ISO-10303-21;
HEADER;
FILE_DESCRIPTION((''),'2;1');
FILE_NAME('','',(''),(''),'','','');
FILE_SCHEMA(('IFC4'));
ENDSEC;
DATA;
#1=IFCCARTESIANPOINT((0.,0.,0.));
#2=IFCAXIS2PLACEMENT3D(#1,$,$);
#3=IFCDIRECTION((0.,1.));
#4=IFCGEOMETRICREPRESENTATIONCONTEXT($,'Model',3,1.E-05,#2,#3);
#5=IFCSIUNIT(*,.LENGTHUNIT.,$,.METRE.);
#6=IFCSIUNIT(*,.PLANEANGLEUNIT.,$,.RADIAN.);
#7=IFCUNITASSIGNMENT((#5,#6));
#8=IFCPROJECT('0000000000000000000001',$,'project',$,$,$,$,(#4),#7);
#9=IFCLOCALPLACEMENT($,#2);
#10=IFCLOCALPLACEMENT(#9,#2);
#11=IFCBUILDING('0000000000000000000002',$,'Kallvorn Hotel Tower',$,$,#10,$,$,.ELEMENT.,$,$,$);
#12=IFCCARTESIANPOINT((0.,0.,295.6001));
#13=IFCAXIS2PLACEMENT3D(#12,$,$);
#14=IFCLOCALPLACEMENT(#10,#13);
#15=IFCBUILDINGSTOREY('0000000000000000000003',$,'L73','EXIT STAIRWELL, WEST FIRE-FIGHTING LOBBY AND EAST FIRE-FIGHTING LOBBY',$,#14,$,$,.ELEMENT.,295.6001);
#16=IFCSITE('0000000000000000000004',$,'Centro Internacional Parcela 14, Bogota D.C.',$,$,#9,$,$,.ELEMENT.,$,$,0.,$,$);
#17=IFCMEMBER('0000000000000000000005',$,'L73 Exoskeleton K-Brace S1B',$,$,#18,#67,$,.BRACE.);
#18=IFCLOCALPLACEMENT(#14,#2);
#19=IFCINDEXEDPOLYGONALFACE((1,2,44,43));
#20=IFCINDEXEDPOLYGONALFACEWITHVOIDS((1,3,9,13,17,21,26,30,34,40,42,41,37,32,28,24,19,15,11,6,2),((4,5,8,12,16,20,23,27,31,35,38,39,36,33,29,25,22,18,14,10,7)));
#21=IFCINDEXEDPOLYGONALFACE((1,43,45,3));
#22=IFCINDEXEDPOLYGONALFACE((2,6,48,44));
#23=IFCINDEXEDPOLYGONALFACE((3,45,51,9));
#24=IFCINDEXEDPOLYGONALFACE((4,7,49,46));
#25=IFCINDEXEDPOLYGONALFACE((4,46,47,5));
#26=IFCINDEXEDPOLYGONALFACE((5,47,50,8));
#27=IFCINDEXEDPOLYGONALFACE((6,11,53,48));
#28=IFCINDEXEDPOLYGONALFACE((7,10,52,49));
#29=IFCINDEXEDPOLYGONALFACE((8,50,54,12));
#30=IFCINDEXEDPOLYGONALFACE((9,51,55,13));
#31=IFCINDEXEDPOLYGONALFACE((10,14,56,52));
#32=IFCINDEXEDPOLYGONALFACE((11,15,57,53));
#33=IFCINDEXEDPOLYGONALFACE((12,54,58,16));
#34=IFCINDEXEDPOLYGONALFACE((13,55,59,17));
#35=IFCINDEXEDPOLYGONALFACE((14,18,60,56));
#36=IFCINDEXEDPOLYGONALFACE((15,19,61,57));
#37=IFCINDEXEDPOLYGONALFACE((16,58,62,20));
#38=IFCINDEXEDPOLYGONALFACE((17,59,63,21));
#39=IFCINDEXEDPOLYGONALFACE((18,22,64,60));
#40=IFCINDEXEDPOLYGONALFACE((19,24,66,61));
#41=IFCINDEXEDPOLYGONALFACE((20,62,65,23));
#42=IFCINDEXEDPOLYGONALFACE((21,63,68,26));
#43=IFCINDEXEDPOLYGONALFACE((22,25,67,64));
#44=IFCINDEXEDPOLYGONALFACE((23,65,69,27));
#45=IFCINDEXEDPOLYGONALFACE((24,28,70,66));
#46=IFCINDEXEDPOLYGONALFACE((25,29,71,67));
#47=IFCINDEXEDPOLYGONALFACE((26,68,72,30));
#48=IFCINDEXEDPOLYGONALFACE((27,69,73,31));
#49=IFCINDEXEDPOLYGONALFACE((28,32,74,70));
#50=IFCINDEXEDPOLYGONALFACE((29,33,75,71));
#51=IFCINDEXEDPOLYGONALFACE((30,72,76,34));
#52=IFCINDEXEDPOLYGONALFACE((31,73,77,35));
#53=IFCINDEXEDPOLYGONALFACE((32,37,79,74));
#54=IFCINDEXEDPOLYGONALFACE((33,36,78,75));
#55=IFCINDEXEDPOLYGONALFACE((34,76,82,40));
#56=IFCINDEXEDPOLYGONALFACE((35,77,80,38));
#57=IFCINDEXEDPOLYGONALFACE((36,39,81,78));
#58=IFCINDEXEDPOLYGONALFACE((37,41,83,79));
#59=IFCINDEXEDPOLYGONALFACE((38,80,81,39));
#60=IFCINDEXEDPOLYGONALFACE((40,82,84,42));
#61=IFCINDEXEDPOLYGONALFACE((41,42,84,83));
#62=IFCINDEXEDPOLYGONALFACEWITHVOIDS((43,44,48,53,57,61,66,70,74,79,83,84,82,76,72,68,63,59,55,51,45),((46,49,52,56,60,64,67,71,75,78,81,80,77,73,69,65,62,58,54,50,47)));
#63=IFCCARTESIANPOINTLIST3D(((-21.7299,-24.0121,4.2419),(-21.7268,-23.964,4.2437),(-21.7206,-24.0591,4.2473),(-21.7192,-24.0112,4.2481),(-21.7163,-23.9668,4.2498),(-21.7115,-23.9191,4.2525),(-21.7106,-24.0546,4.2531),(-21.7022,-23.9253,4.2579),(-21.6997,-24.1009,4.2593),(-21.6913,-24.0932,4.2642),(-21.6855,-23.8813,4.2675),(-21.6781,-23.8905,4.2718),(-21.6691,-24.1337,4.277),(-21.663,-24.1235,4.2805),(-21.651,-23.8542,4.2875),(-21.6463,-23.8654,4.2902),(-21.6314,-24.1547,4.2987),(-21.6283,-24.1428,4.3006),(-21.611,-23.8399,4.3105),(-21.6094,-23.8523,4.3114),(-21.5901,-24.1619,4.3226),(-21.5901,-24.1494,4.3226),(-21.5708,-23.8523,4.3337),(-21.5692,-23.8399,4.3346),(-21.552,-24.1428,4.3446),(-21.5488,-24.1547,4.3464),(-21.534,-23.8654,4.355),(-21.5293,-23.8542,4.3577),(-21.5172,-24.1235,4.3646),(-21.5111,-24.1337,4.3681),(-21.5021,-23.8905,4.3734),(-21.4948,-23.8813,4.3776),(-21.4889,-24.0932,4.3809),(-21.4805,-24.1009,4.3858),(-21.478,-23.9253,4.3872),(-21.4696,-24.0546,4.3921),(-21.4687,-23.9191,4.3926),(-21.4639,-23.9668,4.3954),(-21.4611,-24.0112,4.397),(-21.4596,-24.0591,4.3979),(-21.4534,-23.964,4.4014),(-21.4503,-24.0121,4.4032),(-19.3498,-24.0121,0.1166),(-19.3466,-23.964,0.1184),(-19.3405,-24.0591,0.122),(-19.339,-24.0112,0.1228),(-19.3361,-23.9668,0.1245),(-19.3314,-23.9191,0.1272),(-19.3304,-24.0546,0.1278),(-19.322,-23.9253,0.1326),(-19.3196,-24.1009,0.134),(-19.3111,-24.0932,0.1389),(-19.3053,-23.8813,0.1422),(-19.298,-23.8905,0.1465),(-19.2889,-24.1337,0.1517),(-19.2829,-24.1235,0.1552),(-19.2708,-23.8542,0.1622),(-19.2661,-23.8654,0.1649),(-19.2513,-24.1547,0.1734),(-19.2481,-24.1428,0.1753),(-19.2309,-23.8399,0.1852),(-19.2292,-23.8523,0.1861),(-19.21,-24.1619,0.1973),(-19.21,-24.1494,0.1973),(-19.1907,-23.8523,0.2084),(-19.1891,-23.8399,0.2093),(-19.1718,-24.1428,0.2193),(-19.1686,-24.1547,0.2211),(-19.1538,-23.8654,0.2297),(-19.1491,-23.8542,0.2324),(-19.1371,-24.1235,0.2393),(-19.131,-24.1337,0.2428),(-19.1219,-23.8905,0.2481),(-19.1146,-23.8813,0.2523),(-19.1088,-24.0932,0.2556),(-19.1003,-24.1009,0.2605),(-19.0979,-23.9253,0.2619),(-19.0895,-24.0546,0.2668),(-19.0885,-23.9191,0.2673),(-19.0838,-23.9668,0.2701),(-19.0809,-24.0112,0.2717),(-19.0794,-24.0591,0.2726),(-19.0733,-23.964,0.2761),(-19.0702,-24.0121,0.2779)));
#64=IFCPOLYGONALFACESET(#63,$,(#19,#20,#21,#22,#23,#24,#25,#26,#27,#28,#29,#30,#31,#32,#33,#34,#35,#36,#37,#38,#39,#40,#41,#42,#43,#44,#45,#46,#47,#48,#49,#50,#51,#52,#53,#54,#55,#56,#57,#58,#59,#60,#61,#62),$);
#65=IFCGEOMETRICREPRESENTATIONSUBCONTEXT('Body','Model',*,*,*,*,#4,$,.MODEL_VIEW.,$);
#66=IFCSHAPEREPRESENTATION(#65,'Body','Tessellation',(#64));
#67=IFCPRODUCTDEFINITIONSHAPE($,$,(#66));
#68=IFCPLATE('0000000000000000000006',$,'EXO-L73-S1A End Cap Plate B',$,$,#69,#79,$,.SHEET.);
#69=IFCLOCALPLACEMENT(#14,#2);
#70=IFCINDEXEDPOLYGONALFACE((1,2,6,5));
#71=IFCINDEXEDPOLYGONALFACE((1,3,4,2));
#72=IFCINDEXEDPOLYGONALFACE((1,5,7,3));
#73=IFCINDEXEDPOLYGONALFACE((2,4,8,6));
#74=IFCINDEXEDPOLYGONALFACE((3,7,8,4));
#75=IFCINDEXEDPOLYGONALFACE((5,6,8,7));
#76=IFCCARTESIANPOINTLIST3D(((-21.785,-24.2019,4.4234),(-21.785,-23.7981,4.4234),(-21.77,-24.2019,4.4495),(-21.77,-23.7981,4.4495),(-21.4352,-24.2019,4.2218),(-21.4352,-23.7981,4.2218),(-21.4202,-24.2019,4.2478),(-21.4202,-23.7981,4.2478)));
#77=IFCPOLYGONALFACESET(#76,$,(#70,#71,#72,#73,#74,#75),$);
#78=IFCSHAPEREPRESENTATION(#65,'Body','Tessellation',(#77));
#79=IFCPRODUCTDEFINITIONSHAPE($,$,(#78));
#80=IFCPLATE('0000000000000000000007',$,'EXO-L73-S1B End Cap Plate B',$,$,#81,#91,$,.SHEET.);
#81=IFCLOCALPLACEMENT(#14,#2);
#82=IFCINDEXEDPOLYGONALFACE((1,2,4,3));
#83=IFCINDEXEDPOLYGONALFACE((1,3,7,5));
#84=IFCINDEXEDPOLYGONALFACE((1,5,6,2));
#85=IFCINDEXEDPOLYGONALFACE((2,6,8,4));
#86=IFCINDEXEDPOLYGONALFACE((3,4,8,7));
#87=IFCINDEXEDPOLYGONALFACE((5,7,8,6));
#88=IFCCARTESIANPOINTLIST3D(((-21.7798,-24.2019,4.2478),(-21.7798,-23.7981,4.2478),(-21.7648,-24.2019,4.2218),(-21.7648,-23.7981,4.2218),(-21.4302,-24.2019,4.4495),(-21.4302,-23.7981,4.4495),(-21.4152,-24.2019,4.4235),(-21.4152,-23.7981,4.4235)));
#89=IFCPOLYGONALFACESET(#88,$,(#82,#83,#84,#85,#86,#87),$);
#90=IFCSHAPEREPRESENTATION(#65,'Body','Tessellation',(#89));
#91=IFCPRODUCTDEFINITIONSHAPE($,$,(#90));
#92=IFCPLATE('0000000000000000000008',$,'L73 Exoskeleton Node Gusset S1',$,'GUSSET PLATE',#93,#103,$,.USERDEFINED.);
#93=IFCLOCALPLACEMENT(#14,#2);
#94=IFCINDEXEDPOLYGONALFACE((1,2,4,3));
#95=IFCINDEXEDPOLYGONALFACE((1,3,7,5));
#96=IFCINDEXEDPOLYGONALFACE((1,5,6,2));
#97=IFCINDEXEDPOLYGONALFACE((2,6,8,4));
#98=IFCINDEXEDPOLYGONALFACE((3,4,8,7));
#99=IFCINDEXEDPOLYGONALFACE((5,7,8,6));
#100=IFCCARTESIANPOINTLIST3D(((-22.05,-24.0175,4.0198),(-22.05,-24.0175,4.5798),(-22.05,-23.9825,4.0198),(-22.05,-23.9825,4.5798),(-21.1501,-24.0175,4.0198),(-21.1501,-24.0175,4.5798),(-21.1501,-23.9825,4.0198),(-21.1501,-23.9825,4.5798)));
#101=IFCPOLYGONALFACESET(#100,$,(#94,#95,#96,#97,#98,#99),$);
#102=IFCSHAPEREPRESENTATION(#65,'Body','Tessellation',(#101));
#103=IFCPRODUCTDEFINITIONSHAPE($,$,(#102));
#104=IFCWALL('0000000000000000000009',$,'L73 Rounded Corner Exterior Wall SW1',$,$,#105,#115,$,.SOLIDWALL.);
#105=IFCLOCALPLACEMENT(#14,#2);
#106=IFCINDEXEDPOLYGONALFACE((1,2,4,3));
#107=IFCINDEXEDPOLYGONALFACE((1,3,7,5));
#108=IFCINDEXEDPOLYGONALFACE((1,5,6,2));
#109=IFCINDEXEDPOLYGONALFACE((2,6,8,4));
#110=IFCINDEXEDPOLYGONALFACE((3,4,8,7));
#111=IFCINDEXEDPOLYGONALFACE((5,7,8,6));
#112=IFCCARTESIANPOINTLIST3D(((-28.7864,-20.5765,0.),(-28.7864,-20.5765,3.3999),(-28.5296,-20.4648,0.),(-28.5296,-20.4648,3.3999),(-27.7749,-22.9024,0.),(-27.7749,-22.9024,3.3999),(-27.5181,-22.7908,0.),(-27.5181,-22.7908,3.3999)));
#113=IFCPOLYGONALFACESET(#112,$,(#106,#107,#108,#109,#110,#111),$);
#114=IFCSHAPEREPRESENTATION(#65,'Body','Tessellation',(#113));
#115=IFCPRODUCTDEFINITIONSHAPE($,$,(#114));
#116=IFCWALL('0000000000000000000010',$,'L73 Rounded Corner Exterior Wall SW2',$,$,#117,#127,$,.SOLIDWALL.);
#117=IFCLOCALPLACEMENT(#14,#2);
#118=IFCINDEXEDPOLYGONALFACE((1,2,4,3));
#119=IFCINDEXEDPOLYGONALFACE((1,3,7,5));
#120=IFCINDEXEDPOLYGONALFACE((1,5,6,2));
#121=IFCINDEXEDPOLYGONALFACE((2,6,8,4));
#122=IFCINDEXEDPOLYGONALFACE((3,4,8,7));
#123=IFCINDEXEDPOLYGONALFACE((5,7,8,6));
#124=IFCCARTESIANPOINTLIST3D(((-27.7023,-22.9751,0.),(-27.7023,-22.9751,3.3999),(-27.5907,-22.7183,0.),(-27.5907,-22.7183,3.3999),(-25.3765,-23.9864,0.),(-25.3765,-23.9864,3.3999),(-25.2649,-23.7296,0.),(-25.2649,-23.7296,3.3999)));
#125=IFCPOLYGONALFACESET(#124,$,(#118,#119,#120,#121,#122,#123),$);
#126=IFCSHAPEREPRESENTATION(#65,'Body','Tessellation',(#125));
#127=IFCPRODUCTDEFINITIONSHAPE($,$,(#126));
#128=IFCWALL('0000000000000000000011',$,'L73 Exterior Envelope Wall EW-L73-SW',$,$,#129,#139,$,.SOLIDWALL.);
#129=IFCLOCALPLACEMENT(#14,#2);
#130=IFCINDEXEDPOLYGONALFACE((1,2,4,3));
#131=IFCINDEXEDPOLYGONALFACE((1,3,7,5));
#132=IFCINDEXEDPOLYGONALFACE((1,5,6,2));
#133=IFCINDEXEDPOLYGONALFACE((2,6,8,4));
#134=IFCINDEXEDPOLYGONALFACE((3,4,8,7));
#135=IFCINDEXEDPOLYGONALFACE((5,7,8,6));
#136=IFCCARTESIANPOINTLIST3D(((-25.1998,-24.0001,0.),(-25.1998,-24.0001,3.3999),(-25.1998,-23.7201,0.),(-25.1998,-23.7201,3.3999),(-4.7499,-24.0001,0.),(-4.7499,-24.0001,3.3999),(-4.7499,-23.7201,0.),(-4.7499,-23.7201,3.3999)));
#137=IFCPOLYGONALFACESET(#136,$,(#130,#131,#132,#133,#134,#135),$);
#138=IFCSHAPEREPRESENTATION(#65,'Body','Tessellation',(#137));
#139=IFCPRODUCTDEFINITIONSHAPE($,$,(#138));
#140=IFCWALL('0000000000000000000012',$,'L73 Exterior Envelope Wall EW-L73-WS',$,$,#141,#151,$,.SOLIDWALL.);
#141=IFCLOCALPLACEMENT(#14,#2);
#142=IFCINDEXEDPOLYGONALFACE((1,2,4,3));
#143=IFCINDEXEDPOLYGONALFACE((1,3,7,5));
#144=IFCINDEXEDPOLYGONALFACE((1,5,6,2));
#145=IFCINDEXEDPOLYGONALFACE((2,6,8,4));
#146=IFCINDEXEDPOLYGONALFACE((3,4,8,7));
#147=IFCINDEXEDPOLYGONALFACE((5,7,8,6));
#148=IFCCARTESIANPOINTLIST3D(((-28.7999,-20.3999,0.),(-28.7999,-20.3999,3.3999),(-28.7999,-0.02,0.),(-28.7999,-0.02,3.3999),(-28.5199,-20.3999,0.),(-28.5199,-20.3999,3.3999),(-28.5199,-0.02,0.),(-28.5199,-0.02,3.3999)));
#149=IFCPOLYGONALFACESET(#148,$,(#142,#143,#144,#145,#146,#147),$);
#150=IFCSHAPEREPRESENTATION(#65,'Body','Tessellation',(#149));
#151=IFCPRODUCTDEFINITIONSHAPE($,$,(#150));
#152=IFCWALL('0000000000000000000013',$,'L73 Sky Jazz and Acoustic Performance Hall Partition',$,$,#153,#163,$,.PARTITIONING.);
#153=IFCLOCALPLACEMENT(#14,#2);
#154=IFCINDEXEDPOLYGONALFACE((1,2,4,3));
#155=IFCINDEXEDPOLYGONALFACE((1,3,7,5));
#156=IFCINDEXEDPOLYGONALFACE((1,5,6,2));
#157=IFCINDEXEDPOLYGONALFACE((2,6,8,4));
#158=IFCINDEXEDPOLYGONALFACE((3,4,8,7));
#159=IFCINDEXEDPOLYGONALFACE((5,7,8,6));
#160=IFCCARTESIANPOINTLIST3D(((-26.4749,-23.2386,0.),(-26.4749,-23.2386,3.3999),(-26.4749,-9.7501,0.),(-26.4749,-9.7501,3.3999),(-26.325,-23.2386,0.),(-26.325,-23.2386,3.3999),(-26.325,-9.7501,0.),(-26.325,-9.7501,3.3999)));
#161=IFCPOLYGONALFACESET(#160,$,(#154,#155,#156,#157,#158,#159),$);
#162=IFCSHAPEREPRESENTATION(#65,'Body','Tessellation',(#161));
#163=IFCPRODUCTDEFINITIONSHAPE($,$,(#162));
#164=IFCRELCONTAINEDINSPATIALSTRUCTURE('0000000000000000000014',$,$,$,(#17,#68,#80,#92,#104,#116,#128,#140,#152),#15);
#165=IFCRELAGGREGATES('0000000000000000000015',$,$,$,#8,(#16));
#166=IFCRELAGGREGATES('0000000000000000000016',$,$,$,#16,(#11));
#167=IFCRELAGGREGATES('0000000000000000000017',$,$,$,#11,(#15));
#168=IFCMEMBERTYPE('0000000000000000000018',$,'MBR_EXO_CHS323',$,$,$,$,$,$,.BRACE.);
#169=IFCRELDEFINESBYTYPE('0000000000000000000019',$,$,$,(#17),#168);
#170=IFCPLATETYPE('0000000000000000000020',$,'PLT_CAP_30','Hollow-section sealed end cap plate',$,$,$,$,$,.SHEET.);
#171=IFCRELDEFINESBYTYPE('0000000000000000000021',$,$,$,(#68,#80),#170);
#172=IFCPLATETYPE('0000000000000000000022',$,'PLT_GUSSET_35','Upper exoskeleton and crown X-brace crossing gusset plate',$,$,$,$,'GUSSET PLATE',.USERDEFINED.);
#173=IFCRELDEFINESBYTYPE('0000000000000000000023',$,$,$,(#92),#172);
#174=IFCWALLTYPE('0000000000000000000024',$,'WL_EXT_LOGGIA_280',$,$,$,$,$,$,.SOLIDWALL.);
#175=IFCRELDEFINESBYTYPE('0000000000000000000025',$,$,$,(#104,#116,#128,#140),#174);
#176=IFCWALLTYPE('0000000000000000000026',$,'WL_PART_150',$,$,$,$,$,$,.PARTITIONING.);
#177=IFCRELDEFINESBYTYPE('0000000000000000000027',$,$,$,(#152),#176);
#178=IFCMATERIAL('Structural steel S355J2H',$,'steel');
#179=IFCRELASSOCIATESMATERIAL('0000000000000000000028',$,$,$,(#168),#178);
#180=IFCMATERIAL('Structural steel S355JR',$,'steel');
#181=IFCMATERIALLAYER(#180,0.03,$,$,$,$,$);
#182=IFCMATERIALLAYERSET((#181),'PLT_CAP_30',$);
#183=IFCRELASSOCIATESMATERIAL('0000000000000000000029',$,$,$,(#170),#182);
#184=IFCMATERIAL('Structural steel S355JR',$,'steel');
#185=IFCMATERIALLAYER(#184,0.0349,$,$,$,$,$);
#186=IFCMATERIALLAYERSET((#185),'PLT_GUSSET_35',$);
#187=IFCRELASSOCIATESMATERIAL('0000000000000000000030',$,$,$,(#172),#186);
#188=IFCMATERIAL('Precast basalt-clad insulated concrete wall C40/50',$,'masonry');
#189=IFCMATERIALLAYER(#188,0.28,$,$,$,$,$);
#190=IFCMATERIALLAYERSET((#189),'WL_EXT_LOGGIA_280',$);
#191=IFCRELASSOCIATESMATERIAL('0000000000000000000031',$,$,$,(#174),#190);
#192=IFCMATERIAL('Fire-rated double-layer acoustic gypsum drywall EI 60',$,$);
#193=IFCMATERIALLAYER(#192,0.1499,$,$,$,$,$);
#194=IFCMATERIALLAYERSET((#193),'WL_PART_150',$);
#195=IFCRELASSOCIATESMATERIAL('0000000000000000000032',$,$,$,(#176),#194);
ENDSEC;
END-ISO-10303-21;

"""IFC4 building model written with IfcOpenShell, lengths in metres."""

from ifc_helpers import new_model, si_unit, direction, frame, frame_2d, origin, origin_2d, place, context, subcontext, project, spatial, polyline, rectangle, hollow_circle, outline, extrude, material, layer, layer_set, material_profile, profile_set, type_object, element, save


model = new_model("IFC4")

# Units and contexts
model_context = context("Model", 3, precision=1e-05, world=origin(), true_north=direction((0.0, 1.0)))
body_context = subcontext(model_context, "Body", "Model", "MODEL_VIEW")
ifc_project = project(units=[si_unit("LENGTHUNIT", "METRE"), si_unit("PLANEANGLEUNIT", "RADIAN")], contexts=[model_context])

# Site, building, storey
site_placement = place(None, origin())
site = spatial("IfcSite", under=ifc_project, at=site_placement, Name="Centro Internacional Parcela 14, Bogota D.C.", CompositionType="ELEMENT", RefElevation=0.0)
building_placement = place(site_placement, origin())
building = spatial("IfcBuilding", under=site, at=building_placement, Name="Kallvorn Hotel Tower", CompositionType="ELEMENT")
storey_placement = place(building_placement, frame((0.0, 0.0, 295.6001)))
storey = spatial("IfcBuildingStorey", under=building, at=storey_placement, Name="L73", Description="EXIT STAIRWELL, WEST FIRE-FIGHTING LOBBY AND EAST FIRE-FIGHTING LOBBY", CompositionType="ELEMENT", Elevation=295.6001)

# Member
ifc_material_1 = material(Name="Structural steel S355J2H", Category="steel")
ifc_material_profile_1 = material_profile(ifc_material_1, hollow_circle(Radius=0.1619, WallThickness=0.0125, at=origin_2d()), Name="CHS 323.9x12.5")
ifc_profile_set_1 = profile_set([ifc_material_profile_1], Name="Structural steel S355J2H")
member_type = type_object("IfcMemberType", Name="MBR_EXO_CHS323", PredefinedType="BRACE", material=ifc_profile_set_1)
member_1_placement = place(storey_placement, frame((-19.21, -24.0, 0.1973), z_axis=(-0.499751, 0.0, 0.866169), x_axis=(0.0, -1.0, 0.0)))
element("IfcMember", 1, at=member_1_placement, inside=storey, type_object=member_type, Name="L73 Exoskeleton K-Brace S1B", PredefinedType="BRACE", context=body_context, shape_type="SweptSolid", body=[
    extrude(hollow_circle(Radius=0.1619, WallThickness=0.0125, at=origin_2d()), origin(), (0.0, 0.0, 1.0), 4.7627),
])

# Plates
ifc_material_2 = material(Name="Structural steel S355JR", Category="steel")
ifc_layer_1 = layer(ifc_material_2, 0.03)
ifc_layer_set_1 = layer_set([ifc_layer_1], Name="PLT_CAP_30")
plate_type_1 = type_object("IfcPlateType", Name="PLT_CAP_30", Description="Hollow-section sealed end cap plate", PredefinedType="SHEET", material=ifc_layer_set_1)
plate_1_placement = place(storey_placement, frame((-21.4202, -24.2019, 4.2478), z_axis=(0.499391, 0.0, 0.866377), x_axis=(0.0, 1.0, 0.0)))
element("IfcPlate", 2, at=plate_1_placement, inside=storey, type_object=plate_type_1, Name="EXO-L73-S1A End Cap Plate B", PredefinedType="SHEET", context=body_context, shape_type="SweptSolid", body=[
    extrude(outline(polyline([(0.0, 0.0), (0.4038, 0.0), (0.4038, 0.4038), (0.0, 0.4038), (0.0, 0.0)])), origin(), (0.0, 0.0, -1.0), 0.03),
])
plate_2_placement = place(storey_placement, frame((-21.7798, -23.7981, 4.2478), z_axis=(-0.499653, 0.0, 0.866226), x_axis=(0.0, -1.0, 0.0)))
element("IfcPlate", 3, at=plate_2_placement, inside=storey, type_object=plate_type_1, Name="EXO-L73-S1B End Cap Plate B", PredefinedType="SHEET", context=body_context, shape_type="SweptSolid", body=[
    extrude(outline(polyline([(0.0, 0.0), (0.4038, 0.0), (0.4038, 0.4036), (0.0, 0.4036), (0.0, 0.0)])), origin(), (0.0, 0.0, -1.0), 0.03),
])
ifc_material_3 = material(Name="Structural steel S355JR", Category="steel")
ifc_layer_2 = layer(ifc_material_3, 0.0349)
ifc_layer_set_2 = layer_set([ifc_layer_2], Name="PLT_GUSSET_35")
plate_type_2 = type_object("IfcPlateType", Name="PLT_GUSSET_35", Description="Upper exoskeleton and crown X-brace crossing gusset plate", ElementType="GUSSET PLATE", PredefinedType="USERDEFINED", material=ifc_layer_set_2)
plate_3_placement = place(storey_placement, frame((-21.6001, -24.0, 4.0198), z_axis=(0.0, 0.0, 1.0), x_axis=(1.0, 0.0, 0.0)))
element("IfcPlate", 4, at=plate_3_placement, inside=storey, type_object=plate_type_2, Name="L73 Exoskeleton Node Gusset S1", ObjectType="GUSSET PLATE", PredefinedType="USERDEFINED", context=body_context, shape_type="SweptSolid", body=[
    extrude(rectangle(XDim=0.8999, YDim=0.0349, at=origin_2d()), origin(), (0.0, 0.0, 1.0), 0.5601),
])

# Walls
ifc_material_4 = material(Name="Precast basalt-clad insulated concrete wall C40/50", Category="masonry")
ifc_layer_3 = layer(ifc_material_4, 0.28)
ifc_layer_set_3 = layer_set([ifc_layer_3], Name="WL_EXT_LOGGIA_280")
wall_type_1 = type_object("IfcWallType", Name="WL_EXT_LOGGIA_280", PredefinedType="SOLIDWALL", material=ifc_layer_set_3)
wall_1_placement = place(storey_placement, frame((-28.658, -20.5208, 0.0), z_axis=(0.0, 0.0, 1.0), x_axis=(0.398793, -0.917041, 0.0)))
element("IfcWall", 5, at=wall_1_placement, inside=storey, type_object=wall_type_1, Name="L73 Rounded Corner Exterior Wall SW1", PredefinedType="SOLIDWALL", context=body_context, shape_type="SweptSolid", body=[
    extrude(rectangle(XDim=2.5364, YDim=0.28, at=frame_2d((1.2681, 0.0))), origin(), (0.0, 0.0, 1.0), 3.3999),
])
wall_2_placement = place(storey_placement, frame((-27.6465, -22.8467, 0.0), z_axis=(0.0, 0.0, 1.0), x_axis=(0.917061, -0.398747, 0.0)))
element("IfcWall", 6, at=wall_2_placement, inside=storey, type_object=wall_type_1, Name="L73 Rounded Corner Exterior Wall SW2", PredefinedType="SOLIDWALL", context=body_context, shape_type="SweptSolid", body=[
    extrude(rectangle(XDim=2.5361, YDim=0.28, at=frame_2d((1.2681, 0.0))), origin(), (0.0, 0.0, 1.0), 3.3999),
])
wall_3_placement = place(storey_placement, frame((-25.2, -23.8601, 0.0), z_axis=(0.0, 0.0, 1.0), x_axis=(1.0, 0.0, 0.0)))
element("IfcWall", 7, at=wall_3_placement, inside=storey, type_object=wall_type_1, Name="L73 Exterior Envelope Wall EW-L73-SW", PredefinedType="SOLIDWALL", context=body_context, shape_type="SweptSolid", body=[
    extrude(rectangle(XDim=20.45, YDim=0.28, at=frame_2d((10.2251, 0.0))), origin(), (0.0, 0.0, 1.0), 3.3999),
])
wall_4_placement = place(storey_placement, frame((-28.6599, -20.3999, 0.0), z_axis=(0.0, 0.0, 1.0), x_axis=(0.0, 1.0, 0.0)))
element("IfcWall", 8, at=wall_4_placement, inside=storey, type_object=wall_type_1, Name="L73 Exterior Envelope Wall EW-L73-WS", PredefinedType="SOLIDWALL", context=body_context, shape_type="SweptSolid", body=[
    extrude(rectangle(XDim=20.3799, YDim=0.28, at=frame_2d((10.1899, 0.0))), origin(), (0.0, 0.0, 1.0), 3.3999),
])
ifc_material_5 = material(Name="Fire-rated double-layer acoustic gypsum drywall EI 60")
ifc_layer_4 = layer(ifc_material_5, 0.1499)
ifc_layer_set_4 = layer_set([ifc_layer_4], Name="WL_PART_150")
wall_type_2 = type_object("IfcWallType", Name="WL_PART_150", PredefinedType="PARTITIONING", material=ifc_layer_set_4)
wall_5_placement = place(storey_placement, frame((-26.3999, -23.2385, 0.0), z_axis=(0.0, 0.0, 1.0), x_axis=(0.0, 1.0, 0.0)))
element("IfcWall", 9, at=wall_5_placement, inside=storey, type_object=wall_type_2, Name="L73 Sky Jazz and Acoustic Performance Hall Partition", PredefinedType="PARTITIONING", context=body_context, shape_type="SweptSolid", body=[
    extrude(rectangle(XDim=13.4885, YDim=0.1499, at=frame_2d((6.7441, 0.0))), origin(), (0.0, 0.0, 1.0), 3.3999),
])

save(model, "model.ifc")
